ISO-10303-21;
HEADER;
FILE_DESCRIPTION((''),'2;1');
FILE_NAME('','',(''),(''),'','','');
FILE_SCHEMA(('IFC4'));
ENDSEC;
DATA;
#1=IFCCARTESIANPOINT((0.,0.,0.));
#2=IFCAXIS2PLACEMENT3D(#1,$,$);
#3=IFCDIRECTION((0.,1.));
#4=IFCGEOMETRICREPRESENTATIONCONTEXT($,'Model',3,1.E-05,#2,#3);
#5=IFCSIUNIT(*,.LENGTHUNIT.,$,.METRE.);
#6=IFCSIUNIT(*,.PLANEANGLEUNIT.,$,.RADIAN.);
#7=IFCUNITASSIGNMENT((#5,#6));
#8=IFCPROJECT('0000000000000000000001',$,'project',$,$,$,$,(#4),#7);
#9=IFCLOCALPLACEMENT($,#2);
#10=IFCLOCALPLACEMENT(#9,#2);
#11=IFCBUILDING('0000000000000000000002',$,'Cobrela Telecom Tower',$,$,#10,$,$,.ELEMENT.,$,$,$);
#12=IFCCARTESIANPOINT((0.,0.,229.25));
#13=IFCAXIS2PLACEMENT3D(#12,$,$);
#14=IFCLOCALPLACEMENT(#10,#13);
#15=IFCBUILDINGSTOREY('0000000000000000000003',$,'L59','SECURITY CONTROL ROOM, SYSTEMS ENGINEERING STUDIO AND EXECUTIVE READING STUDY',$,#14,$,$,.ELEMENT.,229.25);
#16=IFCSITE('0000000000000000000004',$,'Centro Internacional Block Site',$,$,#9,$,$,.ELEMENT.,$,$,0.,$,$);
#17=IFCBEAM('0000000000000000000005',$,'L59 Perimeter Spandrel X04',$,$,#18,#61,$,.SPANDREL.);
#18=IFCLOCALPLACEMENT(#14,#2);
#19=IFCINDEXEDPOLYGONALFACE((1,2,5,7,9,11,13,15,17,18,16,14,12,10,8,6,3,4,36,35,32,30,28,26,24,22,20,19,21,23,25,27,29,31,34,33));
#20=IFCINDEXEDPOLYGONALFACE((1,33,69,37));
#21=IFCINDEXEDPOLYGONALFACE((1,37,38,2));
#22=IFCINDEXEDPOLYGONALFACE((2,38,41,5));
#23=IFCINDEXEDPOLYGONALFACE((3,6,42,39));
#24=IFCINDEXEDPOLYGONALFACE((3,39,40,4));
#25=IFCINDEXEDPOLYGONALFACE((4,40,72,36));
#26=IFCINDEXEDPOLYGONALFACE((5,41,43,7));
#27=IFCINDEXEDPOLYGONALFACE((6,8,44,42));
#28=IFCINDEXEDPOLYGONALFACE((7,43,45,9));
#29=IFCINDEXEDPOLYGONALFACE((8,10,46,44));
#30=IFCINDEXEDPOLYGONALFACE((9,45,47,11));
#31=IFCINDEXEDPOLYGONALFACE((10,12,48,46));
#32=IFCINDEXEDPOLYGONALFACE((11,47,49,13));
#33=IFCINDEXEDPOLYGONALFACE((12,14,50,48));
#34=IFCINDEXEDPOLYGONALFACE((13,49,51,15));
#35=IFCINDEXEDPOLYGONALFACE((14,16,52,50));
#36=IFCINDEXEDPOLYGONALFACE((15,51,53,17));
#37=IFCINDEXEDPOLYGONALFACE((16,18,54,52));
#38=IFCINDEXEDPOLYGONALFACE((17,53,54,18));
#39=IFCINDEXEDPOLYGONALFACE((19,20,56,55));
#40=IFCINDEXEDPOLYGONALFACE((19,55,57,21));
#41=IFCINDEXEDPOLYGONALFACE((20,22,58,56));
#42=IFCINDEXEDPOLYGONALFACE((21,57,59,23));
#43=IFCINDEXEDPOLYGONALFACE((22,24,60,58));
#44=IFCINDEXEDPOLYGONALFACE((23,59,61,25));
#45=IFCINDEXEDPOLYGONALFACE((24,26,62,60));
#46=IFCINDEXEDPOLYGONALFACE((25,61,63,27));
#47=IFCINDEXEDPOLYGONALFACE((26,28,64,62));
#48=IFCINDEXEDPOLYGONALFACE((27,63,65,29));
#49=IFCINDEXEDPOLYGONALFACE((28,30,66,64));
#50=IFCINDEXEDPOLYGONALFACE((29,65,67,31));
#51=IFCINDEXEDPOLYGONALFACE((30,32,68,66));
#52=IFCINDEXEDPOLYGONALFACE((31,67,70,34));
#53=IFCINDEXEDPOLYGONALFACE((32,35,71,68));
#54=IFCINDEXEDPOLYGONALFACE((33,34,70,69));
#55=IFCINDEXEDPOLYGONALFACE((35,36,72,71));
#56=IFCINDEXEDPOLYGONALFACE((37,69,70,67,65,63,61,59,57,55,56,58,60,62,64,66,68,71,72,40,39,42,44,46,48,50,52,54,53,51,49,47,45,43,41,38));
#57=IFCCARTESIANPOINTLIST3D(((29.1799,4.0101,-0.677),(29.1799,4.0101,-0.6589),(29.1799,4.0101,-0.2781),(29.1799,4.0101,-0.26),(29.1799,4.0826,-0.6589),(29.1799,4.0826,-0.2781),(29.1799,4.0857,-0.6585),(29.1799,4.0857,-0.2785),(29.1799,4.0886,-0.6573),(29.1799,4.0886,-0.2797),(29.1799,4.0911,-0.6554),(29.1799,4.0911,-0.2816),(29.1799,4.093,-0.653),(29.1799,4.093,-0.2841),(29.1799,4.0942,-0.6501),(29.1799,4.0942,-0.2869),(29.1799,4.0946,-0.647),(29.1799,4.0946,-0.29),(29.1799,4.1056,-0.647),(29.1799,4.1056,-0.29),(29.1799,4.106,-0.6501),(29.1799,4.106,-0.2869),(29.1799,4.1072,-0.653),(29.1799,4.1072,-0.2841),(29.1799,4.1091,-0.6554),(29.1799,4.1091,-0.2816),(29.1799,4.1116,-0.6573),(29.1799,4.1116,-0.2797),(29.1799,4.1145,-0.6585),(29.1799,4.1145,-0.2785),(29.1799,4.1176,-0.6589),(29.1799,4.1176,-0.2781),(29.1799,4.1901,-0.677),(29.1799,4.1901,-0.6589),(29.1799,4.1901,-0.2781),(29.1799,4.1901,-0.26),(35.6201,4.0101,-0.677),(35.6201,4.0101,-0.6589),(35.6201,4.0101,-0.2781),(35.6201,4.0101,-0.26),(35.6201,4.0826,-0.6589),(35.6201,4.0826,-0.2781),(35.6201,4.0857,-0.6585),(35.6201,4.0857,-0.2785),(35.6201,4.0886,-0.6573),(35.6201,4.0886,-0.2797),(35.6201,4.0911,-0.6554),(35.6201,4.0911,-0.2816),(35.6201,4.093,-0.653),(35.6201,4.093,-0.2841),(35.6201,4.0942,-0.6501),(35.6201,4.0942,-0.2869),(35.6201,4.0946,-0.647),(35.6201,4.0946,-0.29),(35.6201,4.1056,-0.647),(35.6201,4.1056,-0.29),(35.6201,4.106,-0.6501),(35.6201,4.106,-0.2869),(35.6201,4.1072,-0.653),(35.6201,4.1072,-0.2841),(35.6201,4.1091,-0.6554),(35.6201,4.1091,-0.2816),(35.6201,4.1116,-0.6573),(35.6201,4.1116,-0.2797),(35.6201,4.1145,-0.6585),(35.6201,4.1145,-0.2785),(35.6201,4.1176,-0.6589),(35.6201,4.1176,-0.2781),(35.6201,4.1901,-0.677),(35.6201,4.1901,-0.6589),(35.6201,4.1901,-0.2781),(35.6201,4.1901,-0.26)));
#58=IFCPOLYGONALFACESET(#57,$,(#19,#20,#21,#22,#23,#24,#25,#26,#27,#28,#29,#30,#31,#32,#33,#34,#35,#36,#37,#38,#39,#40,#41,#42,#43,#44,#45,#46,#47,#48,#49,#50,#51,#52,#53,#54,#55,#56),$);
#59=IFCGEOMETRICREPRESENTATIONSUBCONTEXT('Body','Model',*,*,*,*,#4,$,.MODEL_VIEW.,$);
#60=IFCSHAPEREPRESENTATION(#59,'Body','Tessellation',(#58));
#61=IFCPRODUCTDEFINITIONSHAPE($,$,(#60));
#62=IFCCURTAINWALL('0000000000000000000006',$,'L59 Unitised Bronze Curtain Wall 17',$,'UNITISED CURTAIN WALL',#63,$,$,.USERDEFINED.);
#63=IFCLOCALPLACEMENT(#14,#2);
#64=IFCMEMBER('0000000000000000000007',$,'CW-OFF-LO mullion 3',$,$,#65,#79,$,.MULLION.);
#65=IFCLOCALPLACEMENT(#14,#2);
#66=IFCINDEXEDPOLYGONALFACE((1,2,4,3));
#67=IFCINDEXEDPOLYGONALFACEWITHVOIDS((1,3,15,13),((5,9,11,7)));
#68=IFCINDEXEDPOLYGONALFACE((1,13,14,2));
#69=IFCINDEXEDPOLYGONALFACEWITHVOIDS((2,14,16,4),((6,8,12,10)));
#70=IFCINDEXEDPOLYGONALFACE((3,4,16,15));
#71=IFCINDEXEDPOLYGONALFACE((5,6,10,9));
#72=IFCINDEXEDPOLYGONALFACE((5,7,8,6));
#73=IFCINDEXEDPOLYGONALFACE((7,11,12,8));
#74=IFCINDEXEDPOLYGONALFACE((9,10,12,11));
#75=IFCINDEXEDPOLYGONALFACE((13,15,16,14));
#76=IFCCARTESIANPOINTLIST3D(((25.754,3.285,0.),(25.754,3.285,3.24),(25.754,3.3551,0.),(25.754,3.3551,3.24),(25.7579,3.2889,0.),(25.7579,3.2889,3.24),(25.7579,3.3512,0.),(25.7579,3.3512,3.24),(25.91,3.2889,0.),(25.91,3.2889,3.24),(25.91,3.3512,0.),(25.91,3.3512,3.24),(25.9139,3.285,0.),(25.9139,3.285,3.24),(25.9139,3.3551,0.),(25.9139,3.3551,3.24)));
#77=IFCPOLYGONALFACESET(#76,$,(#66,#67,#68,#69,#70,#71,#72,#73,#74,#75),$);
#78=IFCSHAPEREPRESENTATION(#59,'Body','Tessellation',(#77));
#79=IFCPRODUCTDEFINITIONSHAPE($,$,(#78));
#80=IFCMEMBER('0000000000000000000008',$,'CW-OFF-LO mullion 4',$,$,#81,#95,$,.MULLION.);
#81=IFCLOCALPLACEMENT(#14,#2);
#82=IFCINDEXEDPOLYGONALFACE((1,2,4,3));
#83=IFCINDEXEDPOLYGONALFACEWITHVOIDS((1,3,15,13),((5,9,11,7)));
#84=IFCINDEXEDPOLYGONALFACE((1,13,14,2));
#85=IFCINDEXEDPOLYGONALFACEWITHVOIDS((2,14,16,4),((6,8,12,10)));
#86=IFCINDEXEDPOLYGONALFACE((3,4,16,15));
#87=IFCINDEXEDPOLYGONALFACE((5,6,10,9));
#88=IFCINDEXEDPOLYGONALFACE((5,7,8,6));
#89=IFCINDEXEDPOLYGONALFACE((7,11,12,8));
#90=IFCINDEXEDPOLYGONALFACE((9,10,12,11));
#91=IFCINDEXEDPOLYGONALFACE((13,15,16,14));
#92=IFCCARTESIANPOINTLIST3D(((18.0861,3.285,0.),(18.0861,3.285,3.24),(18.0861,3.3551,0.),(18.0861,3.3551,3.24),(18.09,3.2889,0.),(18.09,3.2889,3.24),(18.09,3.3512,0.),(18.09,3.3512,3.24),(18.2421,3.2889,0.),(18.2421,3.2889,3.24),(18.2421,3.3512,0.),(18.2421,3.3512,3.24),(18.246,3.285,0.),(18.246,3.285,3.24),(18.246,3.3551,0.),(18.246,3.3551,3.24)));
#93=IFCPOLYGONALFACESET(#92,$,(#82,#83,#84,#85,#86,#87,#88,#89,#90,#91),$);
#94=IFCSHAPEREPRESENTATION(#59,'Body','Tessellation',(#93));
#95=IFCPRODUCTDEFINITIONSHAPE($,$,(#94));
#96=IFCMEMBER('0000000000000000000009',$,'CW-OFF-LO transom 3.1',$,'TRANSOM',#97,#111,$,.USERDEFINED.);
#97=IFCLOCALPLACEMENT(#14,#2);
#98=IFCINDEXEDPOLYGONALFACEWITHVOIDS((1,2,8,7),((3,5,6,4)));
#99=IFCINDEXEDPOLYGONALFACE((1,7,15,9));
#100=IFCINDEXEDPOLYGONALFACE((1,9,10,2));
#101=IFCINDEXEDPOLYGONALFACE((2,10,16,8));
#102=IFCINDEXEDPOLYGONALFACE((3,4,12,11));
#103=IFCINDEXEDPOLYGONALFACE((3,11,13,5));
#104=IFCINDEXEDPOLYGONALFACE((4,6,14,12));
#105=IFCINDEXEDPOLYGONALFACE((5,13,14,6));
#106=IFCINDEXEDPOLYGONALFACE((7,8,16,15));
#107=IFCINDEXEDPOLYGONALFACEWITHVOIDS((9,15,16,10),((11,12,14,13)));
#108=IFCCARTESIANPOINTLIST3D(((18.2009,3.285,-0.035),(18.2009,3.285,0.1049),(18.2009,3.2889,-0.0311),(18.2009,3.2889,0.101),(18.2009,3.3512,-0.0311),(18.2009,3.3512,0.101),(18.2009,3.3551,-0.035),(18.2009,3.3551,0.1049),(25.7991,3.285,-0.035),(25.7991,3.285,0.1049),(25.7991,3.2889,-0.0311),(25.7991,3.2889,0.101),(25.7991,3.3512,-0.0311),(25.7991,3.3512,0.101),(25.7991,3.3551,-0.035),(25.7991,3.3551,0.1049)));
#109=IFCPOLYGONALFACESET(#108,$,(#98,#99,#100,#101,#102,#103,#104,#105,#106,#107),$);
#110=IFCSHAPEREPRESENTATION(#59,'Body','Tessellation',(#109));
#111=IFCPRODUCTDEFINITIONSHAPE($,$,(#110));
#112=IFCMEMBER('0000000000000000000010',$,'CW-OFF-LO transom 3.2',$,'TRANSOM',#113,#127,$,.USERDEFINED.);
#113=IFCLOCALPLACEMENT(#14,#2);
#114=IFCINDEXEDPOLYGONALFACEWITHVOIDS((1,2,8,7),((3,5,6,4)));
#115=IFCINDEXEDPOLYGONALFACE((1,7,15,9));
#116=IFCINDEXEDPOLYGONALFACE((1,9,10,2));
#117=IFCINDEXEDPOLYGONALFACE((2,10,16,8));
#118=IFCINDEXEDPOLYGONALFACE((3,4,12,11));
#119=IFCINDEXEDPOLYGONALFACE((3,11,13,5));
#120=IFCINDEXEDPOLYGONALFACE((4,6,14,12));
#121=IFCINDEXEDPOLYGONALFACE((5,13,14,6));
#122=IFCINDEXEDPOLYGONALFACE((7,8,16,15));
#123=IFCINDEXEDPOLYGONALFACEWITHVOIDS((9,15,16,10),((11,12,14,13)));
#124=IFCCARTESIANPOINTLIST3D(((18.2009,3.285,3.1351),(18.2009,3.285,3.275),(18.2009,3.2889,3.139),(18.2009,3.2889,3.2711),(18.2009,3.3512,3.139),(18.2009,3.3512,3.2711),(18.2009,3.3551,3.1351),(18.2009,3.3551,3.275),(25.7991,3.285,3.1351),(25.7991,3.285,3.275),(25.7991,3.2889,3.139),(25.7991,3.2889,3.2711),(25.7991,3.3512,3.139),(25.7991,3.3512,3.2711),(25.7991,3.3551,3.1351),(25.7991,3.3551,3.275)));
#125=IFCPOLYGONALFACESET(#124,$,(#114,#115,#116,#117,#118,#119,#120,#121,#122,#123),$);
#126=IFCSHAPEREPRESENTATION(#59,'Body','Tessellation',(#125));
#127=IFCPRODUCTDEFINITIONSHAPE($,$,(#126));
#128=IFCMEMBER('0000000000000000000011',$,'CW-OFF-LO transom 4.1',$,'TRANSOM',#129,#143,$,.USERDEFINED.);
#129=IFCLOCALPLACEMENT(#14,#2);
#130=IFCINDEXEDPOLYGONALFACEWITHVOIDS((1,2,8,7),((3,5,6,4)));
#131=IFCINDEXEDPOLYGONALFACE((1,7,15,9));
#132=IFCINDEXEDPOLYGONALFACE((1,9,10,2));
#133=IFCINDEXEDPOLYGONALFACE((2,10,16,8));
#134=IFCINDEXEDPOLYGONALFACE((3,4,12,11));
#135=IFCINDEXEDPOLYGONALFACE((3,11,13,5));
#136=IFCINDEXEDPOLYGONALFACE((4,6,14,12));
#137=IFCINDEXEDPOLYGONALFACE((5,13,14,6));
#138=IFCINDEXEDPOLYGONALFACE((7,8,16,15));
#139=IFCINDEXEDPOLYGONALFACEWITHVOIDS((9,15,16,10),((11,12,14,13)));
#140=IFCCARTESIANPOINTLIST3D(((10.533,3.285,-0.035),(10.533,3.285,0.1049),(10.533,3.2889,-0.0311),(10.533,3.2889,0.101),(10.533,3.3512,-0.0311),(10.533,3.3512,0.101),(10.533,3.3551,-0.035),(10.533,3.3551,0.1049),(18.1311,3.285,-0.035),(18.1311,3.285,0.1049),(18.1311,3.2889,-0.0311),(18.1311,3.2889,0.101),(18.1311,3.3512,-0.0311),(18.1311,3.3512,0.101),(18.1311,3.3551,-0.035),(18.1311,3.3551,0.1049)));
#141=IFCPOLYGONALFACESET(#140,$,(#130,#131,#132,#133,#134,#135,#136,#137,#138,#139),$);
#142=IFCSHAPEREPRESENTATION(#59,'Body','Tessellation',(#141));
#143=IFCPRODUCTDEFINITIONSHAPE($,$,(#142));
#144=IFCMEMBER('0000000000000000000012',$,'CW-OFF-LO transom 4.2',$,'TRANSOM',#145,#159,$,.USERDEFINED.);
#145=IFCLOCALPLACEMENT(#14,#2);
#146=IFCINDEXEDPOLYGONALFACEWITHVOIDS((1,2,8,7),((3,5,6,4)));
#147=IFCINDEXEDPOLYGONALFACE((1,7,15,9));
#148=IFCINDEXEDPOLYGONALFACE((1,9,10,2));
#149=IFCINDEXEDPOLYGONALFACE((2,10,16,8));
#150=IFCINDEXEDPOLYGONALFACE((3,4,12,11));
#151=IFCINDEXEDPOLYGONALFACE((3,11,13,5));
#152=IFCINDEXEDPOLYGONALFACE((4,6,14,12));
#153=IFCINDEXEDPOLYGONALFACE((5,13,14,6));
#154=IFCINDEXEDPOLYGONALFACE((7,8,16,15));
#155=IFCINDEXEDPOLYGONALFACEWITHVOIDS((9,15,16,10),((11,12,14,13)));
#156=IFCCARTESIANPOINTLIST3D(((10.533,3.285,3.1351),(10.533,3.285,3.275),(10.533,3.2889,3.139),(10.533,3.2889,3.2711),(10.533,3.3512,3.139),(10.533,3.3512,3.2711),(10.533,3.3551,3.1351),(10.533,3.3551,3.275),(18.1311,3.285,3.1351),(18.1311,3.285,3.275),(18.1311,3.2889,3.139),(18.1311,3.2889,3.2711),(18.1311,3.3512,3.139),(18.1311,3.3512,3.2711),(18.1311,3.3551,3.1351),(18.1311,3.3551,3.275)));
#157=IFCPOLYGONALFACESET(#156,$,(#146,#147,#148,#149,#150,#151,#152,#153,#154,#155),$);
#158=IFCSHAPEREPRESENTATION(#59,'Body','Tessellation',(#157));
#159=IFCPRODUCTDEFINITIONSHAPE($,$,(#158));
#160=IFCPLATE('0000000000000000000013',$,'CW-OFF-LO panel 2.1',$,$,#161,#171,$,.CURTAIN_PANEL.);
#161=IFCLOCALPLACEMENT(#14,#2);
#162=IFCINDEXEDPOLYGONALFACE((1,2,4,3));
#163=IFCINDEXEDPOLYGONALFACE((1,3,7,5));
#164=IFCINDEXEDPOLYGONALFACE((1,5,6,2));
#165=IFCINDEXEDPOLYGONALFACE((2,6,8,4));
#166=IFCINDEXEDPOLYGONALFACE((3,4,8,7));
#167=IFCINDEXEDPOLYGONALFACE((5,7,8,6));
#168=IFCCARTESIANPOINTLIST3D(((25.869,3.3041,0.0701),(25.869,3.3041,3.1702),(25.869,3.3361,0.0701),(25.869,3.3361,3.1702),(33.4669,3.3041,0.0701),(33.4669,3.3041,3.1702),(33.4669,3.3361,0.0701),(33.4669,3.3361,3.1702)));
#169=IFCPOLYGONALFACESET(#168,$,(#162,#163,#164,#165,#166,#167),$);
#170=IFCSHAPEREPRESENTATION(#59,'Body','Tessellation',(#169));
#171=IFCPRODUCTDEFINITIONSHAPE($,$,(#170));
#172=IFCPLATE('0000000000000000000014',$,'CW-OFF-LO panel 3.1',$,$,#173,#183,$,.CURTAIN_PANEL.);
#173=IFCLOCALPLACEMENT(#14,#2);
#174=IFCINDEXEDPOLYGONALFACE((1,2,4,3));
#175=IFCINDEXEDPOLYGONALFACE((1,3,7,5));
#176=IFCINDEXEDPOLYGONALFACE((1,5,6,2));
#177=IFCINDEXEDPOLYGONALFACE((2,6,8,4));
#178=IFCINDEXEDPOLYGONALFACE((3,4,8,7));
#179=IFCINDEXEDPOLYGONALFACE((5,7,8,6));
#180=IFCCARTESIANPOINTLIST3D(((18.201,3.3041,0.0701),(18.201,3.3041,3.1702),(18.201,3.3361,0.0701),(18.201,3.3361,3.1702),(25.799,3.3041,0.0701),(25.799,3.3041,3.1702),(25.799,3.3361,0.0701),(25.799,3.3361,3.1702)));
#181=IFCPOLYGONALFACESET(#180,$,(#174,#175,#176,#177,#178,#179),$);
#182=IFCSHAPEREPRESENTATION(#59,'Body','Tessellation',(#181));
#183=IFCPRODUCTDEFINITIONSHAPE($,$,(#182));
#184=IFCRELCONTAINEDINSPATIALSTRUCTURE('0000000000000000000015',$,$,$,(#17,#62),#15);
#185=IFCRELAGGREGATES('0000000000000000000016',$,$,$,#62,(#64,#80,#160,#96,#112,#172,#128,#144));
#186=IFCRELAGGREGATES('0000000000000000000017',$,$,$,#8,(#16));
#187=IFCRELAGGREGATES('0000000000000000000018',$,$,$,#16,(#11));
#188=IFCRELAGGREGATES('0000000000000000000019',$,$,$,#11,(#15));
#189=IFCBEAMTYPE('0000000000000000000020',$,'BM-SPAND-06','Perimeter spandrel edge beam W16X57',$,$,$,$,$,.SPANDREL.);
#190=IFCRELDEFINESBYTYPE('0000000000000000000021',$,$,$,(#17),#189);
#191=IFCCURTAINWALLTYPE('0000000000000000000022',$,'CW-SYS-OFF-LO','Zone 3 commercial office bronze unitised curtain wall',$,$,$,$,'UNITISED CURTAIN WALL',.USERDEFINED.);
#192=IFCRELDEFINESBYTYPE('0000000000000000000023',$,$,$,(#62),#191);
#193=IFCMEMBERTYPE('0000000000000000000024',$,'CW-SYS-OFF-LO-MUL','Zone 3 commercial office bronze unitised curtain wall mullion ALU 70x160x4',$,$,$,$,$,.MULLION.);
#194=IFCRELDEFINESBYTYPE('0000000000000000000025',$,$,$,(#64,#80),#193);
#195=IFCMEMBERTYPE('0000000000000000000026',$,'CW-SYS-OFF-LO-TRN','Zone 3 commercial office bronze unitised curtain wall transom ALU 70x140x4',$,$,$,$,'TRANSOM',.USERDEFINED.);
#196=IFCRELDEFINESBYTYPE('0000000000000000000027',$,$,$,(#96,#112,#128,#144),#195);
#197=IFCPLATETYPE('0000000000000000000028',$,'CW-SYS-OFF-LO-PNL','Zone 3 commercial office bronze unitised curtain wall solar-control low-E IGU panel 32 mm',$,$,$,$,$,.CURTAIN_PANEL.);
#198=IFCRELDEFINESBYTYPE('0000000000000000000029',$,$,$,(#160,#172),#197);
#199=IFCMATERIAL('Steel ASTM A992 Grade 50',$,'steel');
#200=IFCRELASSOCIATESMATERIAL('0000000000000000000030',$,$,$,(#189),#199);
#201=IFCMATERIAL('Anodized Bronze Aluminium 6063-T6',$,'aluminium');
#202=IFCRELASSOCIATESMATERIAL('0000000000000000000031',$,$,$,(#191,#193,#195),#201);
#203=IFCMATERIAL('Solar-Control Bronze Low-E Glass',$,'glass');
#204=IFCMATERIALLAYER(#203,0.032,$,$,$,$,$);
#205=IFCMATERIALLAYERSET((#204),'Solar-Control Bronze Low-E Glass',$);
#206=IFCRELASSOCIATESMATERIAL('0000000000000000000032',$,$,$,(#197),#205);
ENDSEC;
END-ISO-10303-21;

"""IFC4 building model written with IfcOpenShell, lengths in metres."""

from ifc_helpers import new_model, si_unit, direction, frame, origin, origin_2d, place, context, subcontext, project, spatial, rectangle, hollow_rectangle, i_section, extrude, material, layer, layer_set, material_profile, profile_set, type_object, element, aggregate, save


model = new_model("IFC4")

# Units and contexts
model_context = context("Model", 3, precision=1e-05, world=origin(), true_north=direction((0.0, 1.0)))
body_context = subcontext(model_context, "Body", "Model", "MODEL_VIEW")
ifc_project = project(units=[si_unit("LENGTHUNIT", "METRE"), si_unit("PLANEANGLEUNIT", "RADIAN")], contexts=[model_context])

# Site, building, storey
site_placement = place(None, origin())
site = spatial("IfcSite", under=ifc_project, at=site_placement, Name="Centro Internacional Block Site", CompositionType="ELEMENT", RefElevation=0.0)
building_placement = place(site_placement, origin())
building = spatial("IfcBuilding", under=site, at=building_placement, Name="Cobrela Telecom Tower", CompositionType="ELEMENT")
storey_placement = place(building_placement, frame((0.0, 0.0, 229.25)))
storey = spatial("IfcBuildingStorey", under=building, at=storey_placement, Name="L59", Description="SECURITY CONTROL ROOM, SYSTEMS ENGINEERING STUDIO AND EXECUTIVE READING STUDY", CompositionType="ELEMENT", Elevation=229.25)

# Shared definitions
ifc_material_1 = material(Name="Steel ASTM A992 Grade 50", Category="steel")

# Beam
ifc_material_profile_1 = material_profile(ifc_material_1, i_section(OverallWidth=0.1799, OverallDepth=0.417, WebThickness=0.011, FlangeThickness=0.0181, FilletRadius=0.012, at=origin_2d()), Name="W16X57")
ifc_profile_set_1 = profile_set([ifc_material_profile_1], Name="Steel ASTM A992 Grade 50")
beam_type_1 = type_object("IfcBeamType", Name="BM-SPAND-06", Description="Perimeter spandrel edge beam W16X57", PredefinedType="SPANDREL", material=ifc_profile_set_1)
beam_1_placement = place(storey_placement, frame((29.1799, 4.1001, -0.4685), z_axis=(1.0, 0.0, 0.0), x_axis=(0.0, 1.0, 0.0)))
element("IfcBeam", 1, at=beam_1_placement, inside=storey, type_object=beam_type_1, Name="L59 Perimeter Spandrel X04", PredefinedType="SPANDREL", context=body_context, shape_type="SweptSolid", body=[
    extrude(i_section(OverallWidth=0.1799, OverallDepth=0.417, WebThickness=0.011, FlangeThickness=0.0181, FilletRadius=0.012, at=origin_2d()), origin(), (0.0, 0.0, 1.0), 6.4402),
])

# Curtain wall, members, plates
ifc_material_2 = material(Name="Anodized Bronze Aluminium 6063-T6", Category="aluminium")
curtain_wall_type = type_object("IfcCurtainWallType", Name="CW-SYS-OFF-LO", Description="Zone 3 commercial office bronze unitised curtain wall", ElementType="UNITISED CURTAIN WALL", PredefinedType="USERDEFINED", material=ifc_material_2)
curtain_wall_placement = place(storey_placement, origin())
curtain_wall = element("IfcCurtainWall", 2, at=curtain_wall_placement, inside=storey, type_object=curtain_wall_type, Name="L59 Unitised Bronze Curtain Wall 17", ObjectType="UNITISED CURTAIN WALL", PredefinedType="USERDEFINED")
ifc_material_profile_2 = material_profile(ifc_material_2, hollow_rectangle(XDim=0.0701, YDim=0.1599, WallThickness=0.0039, at=origin_2d()), Name="ALU 70x160x4")
ifc_profile_set_2 = profile_set([ifc_material_profile_2], Name="Anodized Bronze Aluminium 6063-T6")
member_type_1 = type_object("IfcMemberType", Name="CW-SYS-OFF-LO-MUL", Description="Zone 3 commercial office bronze unitised curtain wall mullion ALU 70x160x4", PredefinedType="MULLION", material=ifc_profile_set_2)
member_1_placement = place(storey_placement, frame((25.834, 3.3201, 0.0), z_axis=(0.0, 0.0, 1.0), x_axis=(0.0, -1.0, 0.0)))
member_1 = element("IfcMember", 3, at=member_1_placement, type_object=member_type_1, Name="CW-OFF-LO mullion 3", PredefinedType="MULLION", context=body_context, shape_type="SweptSolid", body=[
    extrude(hollow_rectangle(XDim=0.0701, YDim=0.1599, WallThickness=0.0039, at=origin_2d()), origin(), (0.0, 0.0, 1.0), 3.24),
])
member_2_placement = place(storey_placement, frame((18.166, 3.3201, 0.0), z_axis=(0.0, 0.0, 1.0), x_axis=(0.0, -1.0, 0.0)))
member_2 = element("IfcMember", 4, at=member_2_placement, type_object=member_type_1, Name="CW-OFF-LO mullion 4", PredefinedType="MULLION", context=body_context, shape_type="SweptSolid", body=[
    extrude(hollow_rectangle(XDim=0.0701, YDim=0.1599, WallThickness=0.0039, at=origin_2d()), origin(), (0.0, 0.0, 1.0), 3.24),
])
ifc_material_profile_3 = material_profile(ifc_material_2, hollow_rectangle(XDim=0.0701, YDim=0.1399, WallThickness=0.0039, at=origin_2d()), Name="ALU 70x140x4")
ifc_profile_set_3 = profile_set([ifc_material_profile_3], Name="Anodized Bronze Aluminium 6063-T6")
member_type_2 = type_object("IfcMemberType", Name="CW-SYS-OFF-LO-TRN", Description="Zone 3 commercial office bronze unitised curtain wall transom ALU 70x140x4", ElementType="TRANSOM", PredefinedType="USERDEFINED", material=ifc_profile_set_3)
member_3_placement = place(storey_placement, frame((25.7991, 3.3201, 0.0349), z_axis=(-1.0, 0.0, 0.0), x_axis=(0.0, -1.0, 0.0)))
member_3 = element("IfcMember", 5, at=member_3_placement, type_object=member_type_2, Name="CW-OFF-LO transom 3.1", ObjectType="TRANSOM", PredefinedType="USERDEFINED", context=body_context, shape_type="SweptSolid", body=[
    extrude(hollow_rectangle(XDim=0.0701, YDim=0.1399, WallThickness=0.0039, at=origin_2d()), origin(), (0.0, 0.0, 1.0), 7.5981),
])
member_4_placement = place(storey_placement, frame((25.7991, 3.3201, 3.2051), z_axis=(-1.0, 0.0, 0.0), x_axis=(0.0, -1.0, 0.0)))
member_4 = element("IfcMember", 6, at=member_4_placement, type_object=member_type_2, Name="CW-OFF-LO transom 3.2", ObjectType="TRANSOM", PredefinedType="USERDEFINED", context=body_context, shape_type="SweptSolid", body=[
    extrude(hollow_rectangle(XDim=0.0701, YDim=0.1399, WallThickness=0.0039, at=origin_2d()), origin(), (0.0, 0.0, 1.0), 7.5981),
])
member_5_placement = place(storey_placement, frame((18.1311, 3.3201, 0.0349), z_axis=(-1.0, 0.0, 0.0), x_axis=(0.0, -1.0, 0.0)))
member_5 = element("IfcMember", 7, at=member_5_placement, type_object=member_type_2, Name="CW-OFF-LO transom 4.1", ObjectType="TRANSOM", PredefinedType="USERDEFINED", context=body_context, shape_type="SweptSolid", body=[
    extrude(hollow_rectangle(XDim=0.0701, YDim=0.1399, WallThickness=0.0039, at=origin_2d()), origin(), (0.0, 0.0, 1.0), 7.5981),
])
member_6_placement = place(storey_placement, frame((18.1311, 3.3201, 3.2051), z_axis=(-1.0, 0.0, 0.0), x_axis=(0.0, -1.0, 0.0)))
member_6 = element("IfcMember", 8, at=member_6_placement, type_object=member_type_2, Name="CW-OFF-LO transom 4.2", ObjectType="TRANSOM", PredefinedType="USERDEFINED", context=body_context, shape_type="SweptSolid", body=[
    extrude(hollow_rectangle(XDim=0.0701, YDim=0.1399, WallThickness=0.0039, at=origin_2d()), origin(), (0.0, 0.0, 1.0), 7.5981),
])
ifc_material_3 = material(Name="Solar-Control Bronze Low-E Glass", Category="glass")
ifc_layer_1 = layer(ifc_material_3, 0.032)
ifc_layer_set_1 = layer_set([ifc_layer_1], Name="Solar-Control Bronze Low-E Glass")
plate_type_1 = type_object("IfcPlateType", Name="CW-SYS-OFF-LO-PNL", Description="Zone 3 commercial office bronze unitised curtain wall solar-control low-E IGU panel 32 mm", PredefinedType="CURTAIN_PANEL", material=ifc_layer_set_1)
plate_1_placement = place(storey_placement, frame((29.668, 3.3201, 0.0701), z_axis=(0.0, 0.0, 1.0), x_axis=(-1.0, 0.0, 0.0)))
plate_1 = element("IfcPlate", 9, at=plate_1_placement, type_object=plate_type_1, Name="CW-OFF-LO panel 2.1", PredefinedType="CURTAIN_PANEL", context=body_context, shape_type="SweptSolid", body=[
    extrude(rectangle(XDim=7.5979, YDim=0.032, at=origin_2d()), origin(), (0.0, 0.0, 1.0), 3.1001),
])
plate_2_placement = place(storey_placement, frame((22.0, 3.3201, 0.0701), z_axis=(0.0, 0.0, 1.0), x_axis=(-1.0, 0.0, 0.0)))
plate_2 = element("IfcPlate", 10, at=plate_2_placement, type_object=plate_type_1, Name="CW-OFF-LO panel 3.1", PredefinedType="CURTAIN_PANEL", context=body_context, shape_type="SweptSolid", body=[
    extrude(rectangle(XDim=7.5979, YDim=0.032, at=origin_2d()), origin(), (0.0, 0.0, 1.0), 3.1001),
])
aggregate(curtain_wall, [member_1, member_2, plate_1, member_3, member_4, plate_2, member_5, member_6])

save(model, "model.ifc")
